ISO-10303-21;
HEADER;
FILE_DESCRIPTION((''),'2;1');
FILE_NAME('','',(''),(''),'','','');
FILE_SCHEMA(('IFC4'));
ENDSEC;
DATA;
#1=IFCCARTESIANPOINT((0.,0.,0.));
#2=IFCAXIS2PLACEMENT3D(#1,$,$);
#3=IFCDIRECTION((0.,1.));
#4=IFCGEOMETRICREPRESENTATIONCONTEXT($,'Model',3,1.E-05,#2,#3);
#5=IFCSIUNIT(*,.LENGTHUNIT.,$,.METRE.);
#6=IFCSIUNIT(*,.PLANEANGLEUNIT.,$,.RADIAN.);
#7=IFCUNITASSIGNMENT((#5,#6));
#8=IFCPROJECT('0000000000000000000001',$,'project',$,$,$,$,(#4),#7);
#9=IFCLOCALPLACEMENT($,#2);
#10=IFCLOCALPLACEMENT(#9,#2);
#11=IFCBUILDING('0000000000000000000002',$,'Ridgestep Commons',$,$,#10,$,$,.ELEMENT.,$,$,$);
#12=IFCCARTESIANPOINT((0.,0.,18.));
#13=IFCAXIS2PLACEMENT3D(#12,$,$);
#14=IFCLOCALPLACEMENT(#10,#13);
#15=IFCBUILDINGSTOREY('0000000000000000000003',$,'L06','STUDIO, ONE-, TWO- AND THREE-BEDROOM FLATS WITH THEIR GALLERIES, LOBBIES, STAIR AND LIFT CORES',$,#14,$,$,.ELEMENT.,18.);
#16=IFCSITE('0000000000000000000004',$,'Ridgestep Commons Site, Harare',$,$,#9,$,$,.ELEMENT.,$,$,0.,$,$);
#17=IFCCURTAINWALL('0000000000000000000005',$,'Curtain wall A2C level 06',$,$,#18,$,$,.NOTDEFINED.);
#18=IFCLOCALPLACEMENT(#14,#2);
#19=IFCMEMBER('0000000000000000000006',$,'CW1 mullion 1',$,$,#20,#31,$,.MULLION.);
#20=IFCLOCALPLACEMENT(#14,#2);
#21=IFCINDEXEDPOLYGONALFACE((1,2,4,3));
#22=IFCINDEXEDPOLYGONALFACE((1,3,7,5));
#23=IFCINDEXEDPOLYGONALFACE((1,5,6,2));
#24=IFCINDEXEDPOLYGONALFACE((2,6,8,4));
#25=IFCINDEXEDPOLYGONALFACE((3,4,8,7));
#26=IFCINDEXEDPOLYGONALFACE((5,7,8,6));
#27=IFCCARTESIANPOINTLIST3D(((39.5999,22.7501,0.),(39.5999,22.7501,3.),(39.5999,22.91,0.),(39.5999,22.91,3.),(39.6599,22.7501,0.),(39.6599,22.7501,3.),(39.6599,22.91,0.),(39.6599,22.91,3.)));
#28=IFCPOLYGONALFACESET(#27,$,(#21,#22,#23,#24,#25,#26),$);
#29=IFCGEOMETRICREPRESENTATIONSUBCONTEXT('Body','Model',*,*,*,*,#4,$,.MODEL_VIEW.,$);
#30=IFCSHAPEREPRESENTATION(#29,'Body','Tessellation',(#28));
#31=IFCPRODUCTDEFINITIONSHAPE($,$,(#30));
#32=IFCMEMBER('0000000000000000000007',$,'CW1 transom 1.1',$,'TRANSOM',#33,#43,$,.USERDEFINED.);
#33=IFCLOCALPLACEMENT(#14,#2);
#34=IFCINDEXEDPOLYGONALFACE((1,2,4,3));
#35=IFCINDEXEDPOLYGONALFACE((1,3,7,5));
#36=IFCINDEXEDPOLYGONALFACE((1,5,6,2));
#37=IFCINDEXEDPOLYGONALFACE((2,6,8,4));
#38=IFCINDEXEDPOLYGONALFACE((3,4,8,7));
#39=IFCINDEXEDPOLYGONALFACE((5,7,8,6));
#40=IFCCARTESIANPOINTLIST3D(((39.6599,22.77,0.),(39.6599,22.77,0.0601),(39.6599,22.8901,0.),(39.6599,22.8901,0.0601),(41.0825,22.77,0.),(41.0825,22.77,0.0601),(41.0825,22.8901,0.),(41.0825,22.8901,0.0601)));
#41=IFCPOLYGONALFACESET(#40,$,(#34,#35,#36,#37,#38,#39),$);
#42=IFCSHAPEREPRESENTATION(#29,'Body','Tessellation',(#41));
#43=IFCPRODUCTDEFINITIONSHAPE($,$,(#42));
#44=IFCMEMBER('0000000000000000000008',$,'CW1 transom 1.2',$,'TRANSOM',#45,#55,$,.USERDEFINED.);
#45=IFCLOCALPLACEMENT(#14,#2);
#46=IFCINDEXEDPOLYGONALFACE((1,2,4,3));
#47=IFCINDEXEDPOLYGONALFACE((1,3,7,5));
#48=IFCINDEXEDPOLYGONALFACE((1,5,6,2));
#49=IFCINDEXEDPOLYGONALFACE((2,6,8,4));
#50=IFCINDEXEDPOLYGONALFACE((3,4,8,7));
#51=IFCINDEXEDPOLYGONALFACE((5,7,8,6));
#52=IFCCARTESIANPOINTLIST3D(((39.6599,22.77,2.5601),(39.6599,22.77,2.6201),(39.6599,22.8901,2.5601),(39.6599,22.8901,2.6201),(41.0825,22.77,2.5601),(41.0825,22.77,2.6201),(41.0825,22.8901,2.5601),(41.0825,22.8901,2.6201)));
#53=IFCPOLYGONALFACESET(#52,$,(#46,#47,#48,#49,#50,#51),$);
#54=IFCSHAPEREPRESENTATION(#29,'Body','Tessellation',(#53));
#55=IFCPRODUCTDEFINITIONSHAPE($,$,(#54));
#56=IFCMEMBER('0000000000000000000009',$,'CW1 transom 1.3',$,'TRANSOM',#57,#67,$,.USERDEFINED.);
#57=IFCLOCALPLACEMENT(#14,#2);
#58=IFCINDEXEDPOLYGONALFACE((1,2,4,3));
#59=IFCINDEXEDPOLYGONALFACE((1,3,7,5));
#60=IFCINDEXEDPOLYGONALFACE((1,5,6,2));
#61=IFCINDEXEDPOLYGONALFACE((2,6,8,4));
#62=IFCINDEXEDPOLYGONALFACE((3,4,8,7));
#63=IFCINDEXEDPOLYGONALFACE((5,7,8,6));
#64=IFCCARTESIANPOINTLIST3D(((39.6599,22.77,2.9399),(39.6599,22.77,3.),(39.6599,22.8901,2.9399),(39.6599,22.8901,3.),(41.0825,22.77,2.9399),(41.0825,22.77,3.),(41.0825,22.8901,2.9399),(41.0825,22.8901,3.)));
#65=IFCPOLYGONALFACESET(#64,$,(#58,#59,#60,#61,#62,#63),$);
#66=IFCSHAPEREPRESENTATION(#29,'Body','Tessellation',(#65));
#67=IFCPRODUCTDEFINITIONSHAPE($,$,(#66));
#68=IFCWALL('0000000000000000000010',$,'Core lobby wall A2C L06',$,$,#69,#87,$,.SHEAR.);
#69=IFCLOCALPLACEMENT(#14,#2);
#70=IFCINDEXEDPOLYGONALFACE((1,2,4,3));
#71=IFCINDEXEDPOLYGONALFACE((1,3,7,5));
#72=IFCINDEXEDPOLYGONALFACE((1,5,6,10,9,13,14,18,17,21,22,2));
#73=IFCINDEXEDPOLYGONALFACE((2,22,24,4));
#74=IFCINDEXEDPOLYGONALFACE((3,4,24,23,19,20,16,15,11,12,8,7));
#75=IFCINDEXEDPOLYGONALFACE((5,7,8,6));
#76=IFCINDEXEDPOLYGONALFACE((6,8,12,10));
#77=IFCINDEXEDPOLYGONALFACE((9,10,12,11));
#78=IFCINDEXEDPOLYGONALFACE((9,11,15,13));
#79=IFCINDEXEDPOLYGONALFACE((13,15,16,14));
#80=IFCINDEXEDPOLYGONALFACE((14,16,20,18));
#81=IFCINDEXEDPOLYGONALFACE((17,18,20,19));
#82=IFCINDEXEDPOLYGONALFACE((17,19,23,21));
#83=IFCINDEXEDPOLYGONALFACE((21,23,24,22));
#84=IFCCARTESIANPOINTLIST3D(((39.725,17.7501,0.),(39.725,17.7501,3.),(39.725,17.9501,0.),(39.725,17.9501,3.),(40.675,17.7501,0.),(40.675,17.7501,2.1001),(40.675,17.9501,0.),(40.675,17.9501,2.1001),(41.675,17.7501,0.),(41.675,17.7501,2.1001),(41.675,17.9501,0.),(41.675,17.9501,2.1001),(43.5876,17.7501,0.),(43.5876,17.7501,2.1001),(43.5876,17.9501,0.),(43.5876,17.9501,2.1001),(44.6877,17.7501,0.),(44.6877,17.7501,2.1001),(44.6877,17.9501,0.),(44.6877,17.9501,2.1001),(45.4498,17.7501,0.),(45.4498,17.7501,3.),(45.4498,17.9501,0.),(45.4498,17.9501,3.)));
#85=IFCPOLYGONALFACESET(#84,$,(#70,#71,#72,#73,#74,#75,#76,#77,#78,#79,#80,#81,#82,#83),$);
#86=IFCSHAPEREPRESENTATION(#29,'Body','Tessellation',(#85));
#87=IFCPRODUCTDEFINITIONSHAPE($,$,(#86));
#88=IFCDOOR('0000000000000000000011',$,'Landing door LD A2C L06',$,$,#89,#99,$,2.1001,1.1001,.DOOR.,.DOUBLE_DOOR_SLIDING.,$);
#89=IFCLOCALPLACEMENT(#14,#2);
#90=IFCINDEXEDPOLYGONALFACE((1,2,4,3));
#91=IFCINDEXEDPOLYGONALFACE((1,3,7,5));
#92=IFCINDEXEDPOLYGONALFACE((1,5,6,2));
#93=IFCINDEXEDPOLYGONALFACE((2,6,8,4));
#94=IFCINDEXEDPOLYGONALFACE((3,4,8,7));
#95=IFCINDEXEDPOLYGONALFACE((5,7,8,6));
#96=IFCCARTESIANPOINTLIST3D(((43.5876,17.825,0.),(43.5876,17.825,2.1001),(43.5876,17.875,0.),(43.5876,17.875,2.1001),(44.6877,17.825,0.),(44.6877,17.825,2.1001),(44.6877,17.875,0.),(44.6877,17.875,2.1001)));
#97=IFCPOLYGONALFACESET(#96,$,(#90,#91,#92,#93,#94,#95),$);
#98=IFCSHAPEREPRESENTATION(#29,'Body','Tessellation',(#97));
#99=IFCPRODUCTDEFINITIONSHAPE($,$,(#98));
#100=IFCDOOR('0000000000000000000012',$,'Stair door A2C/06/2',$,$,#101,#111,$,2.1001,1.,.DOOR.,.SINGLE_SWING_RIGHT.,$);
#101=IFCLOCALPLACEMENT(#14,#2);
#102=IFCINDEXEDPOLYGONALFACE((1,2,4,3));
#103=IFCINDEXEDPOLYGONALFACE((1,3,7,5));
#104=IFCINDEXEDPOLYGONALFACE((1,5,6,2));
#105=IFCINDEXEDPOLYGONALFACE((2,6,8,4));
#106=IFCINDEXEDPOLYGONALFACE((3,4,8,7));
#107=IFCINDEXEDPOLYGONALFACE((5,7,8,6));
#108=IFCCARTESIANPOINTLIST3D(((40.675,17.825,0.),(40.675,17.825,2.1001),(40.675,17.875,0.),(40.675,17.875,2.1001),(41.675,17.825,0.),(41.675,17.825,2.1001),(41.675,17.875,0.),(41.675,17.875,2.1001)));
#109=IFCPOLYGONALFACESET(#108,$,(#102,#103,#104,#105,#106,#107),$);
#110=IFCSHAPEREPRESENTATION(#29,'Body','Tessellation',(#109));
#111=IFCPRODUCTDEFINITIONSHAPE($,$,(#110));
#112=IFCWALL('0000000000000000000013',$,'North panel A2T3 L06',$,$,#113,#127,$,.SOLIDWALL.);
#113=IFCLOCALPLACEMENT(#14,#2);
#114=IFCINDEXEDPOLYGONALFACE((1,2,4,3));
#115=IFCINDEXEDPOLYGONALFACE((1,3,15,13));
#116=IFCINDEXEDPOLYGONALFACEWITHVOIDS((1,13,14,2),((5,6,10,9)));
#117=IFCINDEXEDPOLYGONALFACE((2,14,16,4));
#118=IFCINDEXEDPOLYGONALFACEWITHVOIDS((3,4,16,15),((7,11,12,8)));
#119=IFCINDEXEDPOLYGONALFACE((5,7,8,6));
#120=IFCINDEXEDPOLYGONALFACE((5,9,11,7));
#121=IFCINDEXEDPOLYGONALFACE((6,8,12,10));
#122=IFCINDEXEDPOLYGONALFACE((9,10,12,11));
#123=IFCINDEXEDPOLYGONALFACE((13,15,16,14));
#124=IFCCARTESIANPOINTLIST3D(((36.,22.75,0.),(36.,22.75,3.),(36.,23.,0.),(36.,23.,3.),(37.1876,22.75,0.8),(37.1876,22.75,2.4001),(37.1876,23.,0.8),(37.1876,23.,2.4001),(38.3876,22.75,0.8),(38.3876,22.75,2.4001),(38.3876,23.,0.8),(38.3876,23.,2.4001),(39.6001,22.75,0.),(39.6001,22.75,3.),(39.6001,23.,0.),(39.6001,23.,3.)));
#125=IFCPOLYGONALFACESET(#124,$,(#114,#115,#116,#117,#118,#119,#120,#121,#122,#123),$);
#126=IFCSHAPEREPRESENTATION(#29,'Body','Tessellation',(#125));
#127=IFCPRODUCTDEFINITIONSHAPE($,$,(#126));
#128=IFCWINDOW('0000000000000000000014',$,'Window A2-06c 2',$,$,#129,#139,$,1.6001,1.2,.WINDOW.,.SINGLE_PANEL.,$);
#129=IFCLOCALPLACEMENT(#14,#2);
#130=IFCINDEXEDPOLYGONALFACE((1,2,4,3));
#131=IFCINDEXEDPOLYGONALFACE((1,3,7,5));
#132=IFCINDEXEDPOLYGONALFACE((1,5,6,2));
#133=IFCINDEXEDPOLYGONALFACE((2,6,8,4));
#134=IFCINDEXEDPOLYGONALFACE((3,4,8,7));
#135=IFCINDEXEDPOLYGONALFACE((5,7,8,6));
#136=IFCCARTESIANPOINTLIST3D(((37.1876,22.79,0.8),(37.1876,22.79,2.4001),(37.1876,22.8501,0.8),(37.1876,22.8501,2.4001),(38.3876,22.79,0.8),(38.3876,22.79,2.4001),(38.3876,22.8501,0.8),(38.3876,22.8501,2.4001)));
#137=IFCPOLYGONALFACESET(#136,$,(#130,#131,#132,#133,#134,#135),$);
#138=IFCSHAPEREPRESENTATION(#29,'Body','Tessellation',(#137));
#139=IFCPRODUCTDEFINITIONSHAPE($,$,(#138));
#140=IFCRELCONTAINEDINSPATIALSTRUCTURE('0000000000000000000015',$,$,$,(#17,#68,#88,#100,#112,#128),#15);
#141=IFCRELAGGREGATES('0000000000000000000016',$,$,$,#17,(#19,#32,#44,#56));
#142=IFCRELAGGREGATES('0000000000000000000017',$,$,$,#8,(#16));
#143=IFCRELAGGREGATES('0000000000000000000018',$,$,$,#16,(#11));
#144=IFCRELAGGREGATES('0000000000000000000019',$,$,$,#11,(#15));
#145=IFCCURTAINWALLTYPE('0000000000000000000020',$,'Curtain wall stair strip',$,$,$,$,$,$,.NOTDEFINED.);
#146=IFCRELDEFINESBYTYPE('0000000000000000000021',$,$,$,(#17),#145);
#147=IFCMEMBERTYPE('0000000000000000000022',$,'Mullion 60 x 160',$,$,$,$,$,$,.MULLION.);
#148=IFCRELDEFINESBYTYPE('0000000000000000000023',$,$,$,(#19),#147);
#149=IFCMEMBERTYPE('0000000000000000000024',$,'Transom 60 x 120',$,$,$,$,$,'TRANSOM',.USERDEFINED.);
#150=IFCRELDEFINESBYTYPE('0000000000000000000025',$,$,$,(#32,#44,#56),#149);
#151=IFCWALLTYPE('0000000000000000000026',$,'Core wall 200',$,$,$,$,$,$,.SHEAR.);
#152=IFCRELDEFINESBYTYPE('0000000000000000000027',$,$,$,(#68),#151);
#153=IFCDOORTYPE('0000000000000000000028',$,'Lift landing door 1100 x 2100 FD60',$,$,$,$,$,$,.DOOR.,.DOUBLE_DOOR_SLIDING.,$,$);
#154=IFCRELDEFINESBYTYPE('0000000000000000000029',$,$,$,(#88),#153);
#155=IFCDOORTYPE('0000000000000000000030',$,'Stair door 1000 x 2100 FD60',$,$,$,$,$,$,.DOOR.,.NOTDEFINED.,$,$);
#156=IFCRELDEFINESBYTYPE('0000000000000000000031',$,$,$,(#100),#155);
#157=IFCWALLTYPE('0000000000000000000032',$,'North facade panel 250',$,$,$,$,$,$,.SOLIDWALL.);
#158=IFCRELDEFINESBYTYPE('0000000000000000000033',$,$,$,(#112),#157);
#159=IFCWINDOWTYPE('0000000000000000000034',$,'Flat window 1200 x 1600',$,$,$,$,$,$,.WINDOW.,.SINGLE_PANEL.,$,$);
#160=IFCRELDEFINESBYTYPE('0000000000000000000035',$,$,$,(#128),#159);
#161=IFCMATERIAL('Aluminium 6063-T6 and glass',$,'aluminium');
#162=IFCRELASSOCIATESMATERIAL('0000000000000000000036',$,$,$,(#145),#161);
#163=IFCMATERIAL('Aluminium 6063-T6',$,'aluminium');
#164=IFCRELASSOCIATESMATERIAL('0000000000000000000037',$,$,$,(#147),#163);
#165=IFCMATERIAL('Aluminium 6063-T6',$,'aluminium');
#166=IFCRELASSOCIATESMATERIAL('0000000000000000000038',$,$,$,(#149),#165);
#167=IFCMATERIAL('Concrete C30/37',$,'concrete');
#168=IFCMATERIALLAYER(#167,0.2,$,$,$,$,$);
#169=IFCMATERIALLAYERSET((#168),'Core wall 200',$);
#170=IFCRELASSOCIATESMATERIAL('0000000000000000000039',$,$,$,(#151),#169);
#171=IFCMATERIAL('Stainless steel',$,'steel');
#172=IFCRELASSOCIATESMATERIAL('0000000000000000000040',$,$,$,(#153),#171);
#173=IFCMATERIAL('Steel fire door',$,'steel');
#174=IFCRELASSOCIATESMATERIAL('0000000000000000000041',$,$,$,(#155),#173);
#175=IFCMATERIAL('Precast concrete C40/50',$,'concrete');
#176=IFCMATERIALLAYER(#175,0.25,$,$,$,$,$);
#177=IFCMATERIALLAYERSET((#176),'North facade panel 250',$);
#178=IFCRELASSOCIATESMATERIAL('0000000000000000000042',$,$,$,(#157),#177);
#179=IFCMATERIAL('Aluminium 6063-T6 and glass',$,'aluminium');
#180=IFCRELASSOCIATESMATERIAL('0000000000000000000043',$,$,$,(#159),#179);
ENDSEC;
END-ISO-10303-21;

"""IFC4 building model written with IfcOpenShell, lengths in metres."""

from ifc_helpers import new_model, si_unit, direction, frame, frame_2d, origin, origin_2d, place, context, subcontext, project, spatial, rectangle, extrude, material, layer, layer_set, material_profile, profile_set, type_object, element, fill, aggregate, save


model = new_model("IFC4")

# Units and contexts
model_context = context("Model", 3, precision=1e-05, world=origin(), true_north=direction((0.0, 1.0)))
body_context = subcontext(model_context, "Body", "Model", "MODEL_VIEW")
ifc_project = project(units=[si_unit("LENGTHUNIT", "METRE"), si_unit("PLANEANGLEUNIT", "RADIAN")], contexts=[model_context])

# Site, building, storey
site_placement = place(None, origin())
site = spatial("IfcSite", under=ifc_project, at=site_placement, Name="Ridgestep Commons Site, Harare", CompositionType="ELEMENT", RefElevation=0.0)
building_placement = place(site_placement, origin())
building = spatial("IfcBuilding", under=site, at=building_placement, Name="Ridgestep Commons", CompositionType="ELEMENT")
storey_placement = place(building_placement, frame((0.0, 0.0, 18.0)))
storey = spatial("IfcBuildingStorey", under=building, at=storey_placement, Name="L06", Description="STUDIO, ONE-, TWO- AND THREE-BEDROOM FLATS WITH THEIR GALLERIES, LOBBIES, STAIR AND LIFT CORES", CompositionType="ELEMENT", Elevation=18.0)

# Curtain wall, members
ifc_material_1 = material(Name="Aluminium 6063-T6 and glass", Category="aluminium")
curtain_wall_type = type_object("IfcCurtainWallType", Name="Curtain wall stair strip", PredefinedType="NOTDEFINED", material=ifc_material_1)
curtain_wall_placement = place(storey_placement, origin())
curtain_wall = element("IfcCurtainWall", 1, at=curtain_wall_placement, inside=storey, type_object=curtain_wall_type, Name="Curtain wall A2C level 06", PredefinedType="NOTDEFINED")
ifc_material_2 = material(Name="Aluminium 6063-T6", Category="aluminium")
ifc_material_profile_1 = material_profile(ifc_material_2, rectangle(XDim=0.1599, YDim=0.0601, at=origin_2d()), Name="Mullion 60 x 160")
ifc_profile_set_1 = profile_set([ifc_material_profile_1], Name="Aluminium 6063-T6")
member_type_1 = type_object("IfcMemberType", Name="Mullion 60 x 160", PredefinedType="MULLION", material=ifc_profile_set_1)
member_1_placement = place(storey_placement, frame((39.6299, 22.8301, 0.0), z_axis=(0.0, 0.0, 1.0), x_axis=(0.0, 1.0, 0.0)))
member_1 = element("IfcMember", 2, at=member_1_placement, type_object=member_type_1, Name="CW1 mullion 1", PredefinedType="MULLION", context=body_context, shape_type="SweptSolid", body=[
    extrude(rectangle(XDim=0.1599, YDim=0.0601, at=origin_2d()), origin(), (0.0, 0.0, 1.0), 3.0),
])
ifc_material_3 = material(Name="Aluminium 6063-T6", Category="aluminium")
ifc_material_profile_2 = material_profile(ifc_material_3, rectangle(XDim=0.1201, YDim=0.0601, at=origin_2d()), Name="Transom 60 x 120")
ifc_profile_set_2 = profile_set([ifc_material_profile_2], Name="Aluminium 6063-T6")
member_type_2 = type_object("IfcMemberType", Name="Transom 60 x 120", ElementType="TRANSOM", PredefinedType="USERDEFINED", material=ifc_profile_set_2)
member_2_placement = place(storey_placement, frame((39.6599, 22.8301, 0.03), z_axis=(1.0, 0.0, 0.0), x_axis=(0.0, 1.0, 0.0)))
member_2 = element("IfcMember", 3, at=member_2_placement, type_object=member_type_2, Name="CW1 transom 1.1", ObjectType="TRANSOM", PredefinedType="USERDEFINED", context=body_context, shape_type="SweptSolid", body=[
    extrude(rectangle(XDim=0.1201, YDim=0.0601, at=origin_2d()), origin(), (0.0, 0.0, 1.0), 1.4226),
])
member_3_placement = place(storey_placement, frame((39.6599, 22.8301, 2.5901), z_axis=(1.0, 0.0, 0.0), x_axis=(0.0, 1.0, 0.0)))
member_3 = element("IfcMember", 4, at=member_3_placement, type_object=member_type_2, Name="CW1 transom 1.2", ObjectType="TRANSOM", PredefinedType="USERDEFINED", context=body_context, shape_type="SweptSolid", body=[
    extrude(rectangle(XDim=0.1201, YDim=0.0601, at=origin_2d()), origin(), (0.0, 0.0, 1.0), 1.4226),
])
member_4_placement = place(storey_placement, frame((39.6599, 22.8301, 2.97), z_axis=(1.0, 0.0, 0.0), x_axis=(0.0, 1.0, 0.0)))
member_4 = element("IfcMember", 5, at=member_4_placement, type_object=member_type_2, Name="CW1 transom 1.3", ObjectType="TRANSOM", PredefinedType="USERDEFINED", context=body_context, shape_type="SweptSolid", body=[
    extrude(rectangle(XDim=0.1201, YDim=0.0601, at=origin_2d()), origin(), (0.0, 0.0, 1.0), 1.4226),
])
aggregate(curtain_wall, [member_1, member_2, member_3, member_4])

# Wall, openings, doors
ifc_material_4 = material(Name="Concrete C30/37", Category="concrete")
ifc_layer_1 = layer(ifc_material_4, 0.2)
ifc_layer_set_1 = layer_set([ifc_layer_1], Name="Core wall 200")
wall_type_1 = type_object("IfcWallType", Name="Core wall 200", PredefinedType="SHEAR", material=ifc_layer_set_1)
wall_1_placement = place(storey_placement, frame((39.7251, 17.8501, 0.0), z_axis=(0.0, 0.0, 1.0), x_axis=(1.0, 0.0, 0.0)))
wall_1 = element("IfcWall", 6, at=wall_1_placement, inside=storey, type_object=wall_type_1, Name="Core lobby wall A2C L06", PredefinedType="SHEAR", context=body_context, shape_type="SweptSolid", body=[
    extrude(rectangle(XDim=5.7249, YDim=0.2, at=frame_2d((2.8623, 0.0))), origin(), (0.0, 0.0, 1.0), 3.0),
])
opening_1_placement = place(wall_1_placement, frame((0.95, 0.0, 0.0)))
opening_1 = element("IfcOpeningElement", 7, at=opening_1_placement, cuts=wall_1, PredefinedType="OPENING", context=body_context, shape_type="SweptSolid", body=[
    extrude(rectangle(XDim=1.0, YDim=2.1001, at=frame_2d((0.5, 1.05))), frame((0.0, 0.1099, 0.0), z_axis=(0.0, -1.0, 0.0), x_axis=(1.0, 0.0, 0.0)), (0.0, 0.0, 1.0), 0.22),
])
opening_2_placement = place(wall_1_placement, frame((3.8625, 0.0, 0.0)))
opening_2 = element("IfcOpeningElement", 8, at=opening_2_placement, cuts=wall_1, PredefinedType="OPENING", context=body_context, shape_type="SweptSolid", body=[
    extrude(rectangle(XDim=1.1001, YDim=2.1001, at=frame_2d((0.55, 1.05))), frame((0.0, 0.1099, 0.0), z_axis=(0.0, -1.0, 0.0), x_axis=(1.0, 0.0, 0.0)), (0.0, 0.0, 1.0), 0.22),
])
ifc_material_5 = material(Name="Stainless steel", Category="steel")
door_type_1 = type_object("IfcDoorType", Name="Lift landing door 1100 x 2100 FD60", OperationType="DOUBLE_DOOR_SLIDING", PredefinedType="DOOR", material=ifc_material_5)
door_1_placement = place(opening_2_placement, origin())
door_1 = element("IfcDoor", 9, at=door_1_placement, inside=storey, type_object=door_type_1, Name="Landing door LD A2C L06", OperationType="DOUBLE_DOOR_SLIDING", OverallHeight=2.1001, OverallWidth=1.1001, PredefinedType="DOOR", context=body_context, shape_type="SweptSolid", body=[
    extrude(rectangle(XDim=1.1001, YDim=2.1001, at=frame_2d((0.55, 1.05))), frame((0.0, 0.0249, 0.0), z_axis=(0.0, -1.0, 0.0), x_axis=(1.0, 0.0, 0.0)), (0.0, 0.0, 1.0), 0.05),
])
fill(opening_2, door_1)
ifc_material_6 = material(Name="Steel fire door", Category="steel")
door_type_2 = type_object("IfcDoorType", Name="Stair door 1000 x 2100 FD60", OperationType="NOTDEFINED", PredefinedType="DOOR", material=ifc_material_6)
door_2_placement = place(opening_1_placement, origin())
door_2 = element("IfcDoor", 10, at=door_2_placement, inside=storey, type_object=door_type_2, Name="Stair door A2C/06/2", OperationType="SINGLE_SWING_RIGHT", OverallHeight=2.1001, OverallWidth=1.0, PredefinedType="DOOR", context=body_context, shape_type="SweptSolid", body=[
    extrude(rectangle(XDim=1.0, YDim=2.1001, at=frame_2d((0.5, 1.05))), frame((0.0, 0.0249, 0.0), z_axis=(0.0, -1.0, 0.0), x_axis=(1.0, 0.0, 0.0)), (0.0, 0.0, 1.0), 0.05),
])
fill(opening_1, door_2)

# Wall, opening, window
ifc_material_7 = material(Name="Precast concrete C40/50", Category="concrete")
ifc_layer_2 = layer(ifc_material_7, 0.25)
ifc_layer_set_2 = layer_set([ifc_layer_2], Name="North facade panel 250")
wall_type_2 = type_object("IfcWallType", Name="North facade panel 250", PredefinedType="SOLIDWALL", material=ifc_layer_set_2)
wall_2_placement = place(storey_placement, frame((36.0, 22.875, 0.0), z_axis=(0.0, 0.0, 1.0), x_axis=(1.0, 0.0, 0.0)))
wall_2 = element("IfcWall", 11, at=wall_2_placement, inside=storey, type_object=wall_type_2, Name="North panel A2T3 L06", PredefinedType="SOLIDWALL", context=body_context, shape_type="SweptSolid", body=[
    extrude(rectangle(XDim=3.6001, YDim=0.25, at=frame_2d((1.8, 0.0))), origin(), (0.0, 0.0, 1.0), 3.0),
])
opening_3_placement = place(wall_2_placement, frame((1.1875, 0.0, 0.8)))
opening_3 = element("IfcOpeningElement", 12, at=opening_3_placement, cuts=wall_2, PredefinedType="OPENING", context=body_context, shape_type="SweptSolid", body=[
    extrude(rectangle(XDim=1.2, YDim=1.6001, at=frame_2d((0.6001, 0.8))), frame((0.0, 0.135, 0.0), z_axis=(0.0, -1.0, 0.0), x_axis=(1.0, 0.0, 0.0)), (0.0, 0.0, 1.0), 0.27),
])
ifc_material_8 = material(Name="Aluminium 6063-T6 and glass", Category="aluminium")
window_type = type_object("IfcWindowType", Name="Flat window 1200 x 1600", PartitioningType="SINGLE_PANEL", PredefinedType="WINDOW", material=ifc_material_8)
window_placement = place(opening_3_placement, origin())
window = element("IfcWindow", 13, at=window_placement, inside=storey, type_object=window_type, Name="Window A2-06c 2", OverallHeight=1.6001, OverallWidth=1.2, PartitioningType="SINGLE_PANEL", PredefinedType="WINDOW", context=body_context, shape_type="SweptSolid", body=[
    extrude(rectangle(XDim=1.2, YDim=1.6001, at=frame_2d((0.6001, 0.8))), frame((0.0, -0.0249, 0.0), z_axis=(0.0, -1.0, 0.0), x_axis=(1.0, 0.0, 0.0)), (0.0, 0.0, 1.0), 0.0601),
])
fill(opening_3, window)

save(model, "model.ifc")
